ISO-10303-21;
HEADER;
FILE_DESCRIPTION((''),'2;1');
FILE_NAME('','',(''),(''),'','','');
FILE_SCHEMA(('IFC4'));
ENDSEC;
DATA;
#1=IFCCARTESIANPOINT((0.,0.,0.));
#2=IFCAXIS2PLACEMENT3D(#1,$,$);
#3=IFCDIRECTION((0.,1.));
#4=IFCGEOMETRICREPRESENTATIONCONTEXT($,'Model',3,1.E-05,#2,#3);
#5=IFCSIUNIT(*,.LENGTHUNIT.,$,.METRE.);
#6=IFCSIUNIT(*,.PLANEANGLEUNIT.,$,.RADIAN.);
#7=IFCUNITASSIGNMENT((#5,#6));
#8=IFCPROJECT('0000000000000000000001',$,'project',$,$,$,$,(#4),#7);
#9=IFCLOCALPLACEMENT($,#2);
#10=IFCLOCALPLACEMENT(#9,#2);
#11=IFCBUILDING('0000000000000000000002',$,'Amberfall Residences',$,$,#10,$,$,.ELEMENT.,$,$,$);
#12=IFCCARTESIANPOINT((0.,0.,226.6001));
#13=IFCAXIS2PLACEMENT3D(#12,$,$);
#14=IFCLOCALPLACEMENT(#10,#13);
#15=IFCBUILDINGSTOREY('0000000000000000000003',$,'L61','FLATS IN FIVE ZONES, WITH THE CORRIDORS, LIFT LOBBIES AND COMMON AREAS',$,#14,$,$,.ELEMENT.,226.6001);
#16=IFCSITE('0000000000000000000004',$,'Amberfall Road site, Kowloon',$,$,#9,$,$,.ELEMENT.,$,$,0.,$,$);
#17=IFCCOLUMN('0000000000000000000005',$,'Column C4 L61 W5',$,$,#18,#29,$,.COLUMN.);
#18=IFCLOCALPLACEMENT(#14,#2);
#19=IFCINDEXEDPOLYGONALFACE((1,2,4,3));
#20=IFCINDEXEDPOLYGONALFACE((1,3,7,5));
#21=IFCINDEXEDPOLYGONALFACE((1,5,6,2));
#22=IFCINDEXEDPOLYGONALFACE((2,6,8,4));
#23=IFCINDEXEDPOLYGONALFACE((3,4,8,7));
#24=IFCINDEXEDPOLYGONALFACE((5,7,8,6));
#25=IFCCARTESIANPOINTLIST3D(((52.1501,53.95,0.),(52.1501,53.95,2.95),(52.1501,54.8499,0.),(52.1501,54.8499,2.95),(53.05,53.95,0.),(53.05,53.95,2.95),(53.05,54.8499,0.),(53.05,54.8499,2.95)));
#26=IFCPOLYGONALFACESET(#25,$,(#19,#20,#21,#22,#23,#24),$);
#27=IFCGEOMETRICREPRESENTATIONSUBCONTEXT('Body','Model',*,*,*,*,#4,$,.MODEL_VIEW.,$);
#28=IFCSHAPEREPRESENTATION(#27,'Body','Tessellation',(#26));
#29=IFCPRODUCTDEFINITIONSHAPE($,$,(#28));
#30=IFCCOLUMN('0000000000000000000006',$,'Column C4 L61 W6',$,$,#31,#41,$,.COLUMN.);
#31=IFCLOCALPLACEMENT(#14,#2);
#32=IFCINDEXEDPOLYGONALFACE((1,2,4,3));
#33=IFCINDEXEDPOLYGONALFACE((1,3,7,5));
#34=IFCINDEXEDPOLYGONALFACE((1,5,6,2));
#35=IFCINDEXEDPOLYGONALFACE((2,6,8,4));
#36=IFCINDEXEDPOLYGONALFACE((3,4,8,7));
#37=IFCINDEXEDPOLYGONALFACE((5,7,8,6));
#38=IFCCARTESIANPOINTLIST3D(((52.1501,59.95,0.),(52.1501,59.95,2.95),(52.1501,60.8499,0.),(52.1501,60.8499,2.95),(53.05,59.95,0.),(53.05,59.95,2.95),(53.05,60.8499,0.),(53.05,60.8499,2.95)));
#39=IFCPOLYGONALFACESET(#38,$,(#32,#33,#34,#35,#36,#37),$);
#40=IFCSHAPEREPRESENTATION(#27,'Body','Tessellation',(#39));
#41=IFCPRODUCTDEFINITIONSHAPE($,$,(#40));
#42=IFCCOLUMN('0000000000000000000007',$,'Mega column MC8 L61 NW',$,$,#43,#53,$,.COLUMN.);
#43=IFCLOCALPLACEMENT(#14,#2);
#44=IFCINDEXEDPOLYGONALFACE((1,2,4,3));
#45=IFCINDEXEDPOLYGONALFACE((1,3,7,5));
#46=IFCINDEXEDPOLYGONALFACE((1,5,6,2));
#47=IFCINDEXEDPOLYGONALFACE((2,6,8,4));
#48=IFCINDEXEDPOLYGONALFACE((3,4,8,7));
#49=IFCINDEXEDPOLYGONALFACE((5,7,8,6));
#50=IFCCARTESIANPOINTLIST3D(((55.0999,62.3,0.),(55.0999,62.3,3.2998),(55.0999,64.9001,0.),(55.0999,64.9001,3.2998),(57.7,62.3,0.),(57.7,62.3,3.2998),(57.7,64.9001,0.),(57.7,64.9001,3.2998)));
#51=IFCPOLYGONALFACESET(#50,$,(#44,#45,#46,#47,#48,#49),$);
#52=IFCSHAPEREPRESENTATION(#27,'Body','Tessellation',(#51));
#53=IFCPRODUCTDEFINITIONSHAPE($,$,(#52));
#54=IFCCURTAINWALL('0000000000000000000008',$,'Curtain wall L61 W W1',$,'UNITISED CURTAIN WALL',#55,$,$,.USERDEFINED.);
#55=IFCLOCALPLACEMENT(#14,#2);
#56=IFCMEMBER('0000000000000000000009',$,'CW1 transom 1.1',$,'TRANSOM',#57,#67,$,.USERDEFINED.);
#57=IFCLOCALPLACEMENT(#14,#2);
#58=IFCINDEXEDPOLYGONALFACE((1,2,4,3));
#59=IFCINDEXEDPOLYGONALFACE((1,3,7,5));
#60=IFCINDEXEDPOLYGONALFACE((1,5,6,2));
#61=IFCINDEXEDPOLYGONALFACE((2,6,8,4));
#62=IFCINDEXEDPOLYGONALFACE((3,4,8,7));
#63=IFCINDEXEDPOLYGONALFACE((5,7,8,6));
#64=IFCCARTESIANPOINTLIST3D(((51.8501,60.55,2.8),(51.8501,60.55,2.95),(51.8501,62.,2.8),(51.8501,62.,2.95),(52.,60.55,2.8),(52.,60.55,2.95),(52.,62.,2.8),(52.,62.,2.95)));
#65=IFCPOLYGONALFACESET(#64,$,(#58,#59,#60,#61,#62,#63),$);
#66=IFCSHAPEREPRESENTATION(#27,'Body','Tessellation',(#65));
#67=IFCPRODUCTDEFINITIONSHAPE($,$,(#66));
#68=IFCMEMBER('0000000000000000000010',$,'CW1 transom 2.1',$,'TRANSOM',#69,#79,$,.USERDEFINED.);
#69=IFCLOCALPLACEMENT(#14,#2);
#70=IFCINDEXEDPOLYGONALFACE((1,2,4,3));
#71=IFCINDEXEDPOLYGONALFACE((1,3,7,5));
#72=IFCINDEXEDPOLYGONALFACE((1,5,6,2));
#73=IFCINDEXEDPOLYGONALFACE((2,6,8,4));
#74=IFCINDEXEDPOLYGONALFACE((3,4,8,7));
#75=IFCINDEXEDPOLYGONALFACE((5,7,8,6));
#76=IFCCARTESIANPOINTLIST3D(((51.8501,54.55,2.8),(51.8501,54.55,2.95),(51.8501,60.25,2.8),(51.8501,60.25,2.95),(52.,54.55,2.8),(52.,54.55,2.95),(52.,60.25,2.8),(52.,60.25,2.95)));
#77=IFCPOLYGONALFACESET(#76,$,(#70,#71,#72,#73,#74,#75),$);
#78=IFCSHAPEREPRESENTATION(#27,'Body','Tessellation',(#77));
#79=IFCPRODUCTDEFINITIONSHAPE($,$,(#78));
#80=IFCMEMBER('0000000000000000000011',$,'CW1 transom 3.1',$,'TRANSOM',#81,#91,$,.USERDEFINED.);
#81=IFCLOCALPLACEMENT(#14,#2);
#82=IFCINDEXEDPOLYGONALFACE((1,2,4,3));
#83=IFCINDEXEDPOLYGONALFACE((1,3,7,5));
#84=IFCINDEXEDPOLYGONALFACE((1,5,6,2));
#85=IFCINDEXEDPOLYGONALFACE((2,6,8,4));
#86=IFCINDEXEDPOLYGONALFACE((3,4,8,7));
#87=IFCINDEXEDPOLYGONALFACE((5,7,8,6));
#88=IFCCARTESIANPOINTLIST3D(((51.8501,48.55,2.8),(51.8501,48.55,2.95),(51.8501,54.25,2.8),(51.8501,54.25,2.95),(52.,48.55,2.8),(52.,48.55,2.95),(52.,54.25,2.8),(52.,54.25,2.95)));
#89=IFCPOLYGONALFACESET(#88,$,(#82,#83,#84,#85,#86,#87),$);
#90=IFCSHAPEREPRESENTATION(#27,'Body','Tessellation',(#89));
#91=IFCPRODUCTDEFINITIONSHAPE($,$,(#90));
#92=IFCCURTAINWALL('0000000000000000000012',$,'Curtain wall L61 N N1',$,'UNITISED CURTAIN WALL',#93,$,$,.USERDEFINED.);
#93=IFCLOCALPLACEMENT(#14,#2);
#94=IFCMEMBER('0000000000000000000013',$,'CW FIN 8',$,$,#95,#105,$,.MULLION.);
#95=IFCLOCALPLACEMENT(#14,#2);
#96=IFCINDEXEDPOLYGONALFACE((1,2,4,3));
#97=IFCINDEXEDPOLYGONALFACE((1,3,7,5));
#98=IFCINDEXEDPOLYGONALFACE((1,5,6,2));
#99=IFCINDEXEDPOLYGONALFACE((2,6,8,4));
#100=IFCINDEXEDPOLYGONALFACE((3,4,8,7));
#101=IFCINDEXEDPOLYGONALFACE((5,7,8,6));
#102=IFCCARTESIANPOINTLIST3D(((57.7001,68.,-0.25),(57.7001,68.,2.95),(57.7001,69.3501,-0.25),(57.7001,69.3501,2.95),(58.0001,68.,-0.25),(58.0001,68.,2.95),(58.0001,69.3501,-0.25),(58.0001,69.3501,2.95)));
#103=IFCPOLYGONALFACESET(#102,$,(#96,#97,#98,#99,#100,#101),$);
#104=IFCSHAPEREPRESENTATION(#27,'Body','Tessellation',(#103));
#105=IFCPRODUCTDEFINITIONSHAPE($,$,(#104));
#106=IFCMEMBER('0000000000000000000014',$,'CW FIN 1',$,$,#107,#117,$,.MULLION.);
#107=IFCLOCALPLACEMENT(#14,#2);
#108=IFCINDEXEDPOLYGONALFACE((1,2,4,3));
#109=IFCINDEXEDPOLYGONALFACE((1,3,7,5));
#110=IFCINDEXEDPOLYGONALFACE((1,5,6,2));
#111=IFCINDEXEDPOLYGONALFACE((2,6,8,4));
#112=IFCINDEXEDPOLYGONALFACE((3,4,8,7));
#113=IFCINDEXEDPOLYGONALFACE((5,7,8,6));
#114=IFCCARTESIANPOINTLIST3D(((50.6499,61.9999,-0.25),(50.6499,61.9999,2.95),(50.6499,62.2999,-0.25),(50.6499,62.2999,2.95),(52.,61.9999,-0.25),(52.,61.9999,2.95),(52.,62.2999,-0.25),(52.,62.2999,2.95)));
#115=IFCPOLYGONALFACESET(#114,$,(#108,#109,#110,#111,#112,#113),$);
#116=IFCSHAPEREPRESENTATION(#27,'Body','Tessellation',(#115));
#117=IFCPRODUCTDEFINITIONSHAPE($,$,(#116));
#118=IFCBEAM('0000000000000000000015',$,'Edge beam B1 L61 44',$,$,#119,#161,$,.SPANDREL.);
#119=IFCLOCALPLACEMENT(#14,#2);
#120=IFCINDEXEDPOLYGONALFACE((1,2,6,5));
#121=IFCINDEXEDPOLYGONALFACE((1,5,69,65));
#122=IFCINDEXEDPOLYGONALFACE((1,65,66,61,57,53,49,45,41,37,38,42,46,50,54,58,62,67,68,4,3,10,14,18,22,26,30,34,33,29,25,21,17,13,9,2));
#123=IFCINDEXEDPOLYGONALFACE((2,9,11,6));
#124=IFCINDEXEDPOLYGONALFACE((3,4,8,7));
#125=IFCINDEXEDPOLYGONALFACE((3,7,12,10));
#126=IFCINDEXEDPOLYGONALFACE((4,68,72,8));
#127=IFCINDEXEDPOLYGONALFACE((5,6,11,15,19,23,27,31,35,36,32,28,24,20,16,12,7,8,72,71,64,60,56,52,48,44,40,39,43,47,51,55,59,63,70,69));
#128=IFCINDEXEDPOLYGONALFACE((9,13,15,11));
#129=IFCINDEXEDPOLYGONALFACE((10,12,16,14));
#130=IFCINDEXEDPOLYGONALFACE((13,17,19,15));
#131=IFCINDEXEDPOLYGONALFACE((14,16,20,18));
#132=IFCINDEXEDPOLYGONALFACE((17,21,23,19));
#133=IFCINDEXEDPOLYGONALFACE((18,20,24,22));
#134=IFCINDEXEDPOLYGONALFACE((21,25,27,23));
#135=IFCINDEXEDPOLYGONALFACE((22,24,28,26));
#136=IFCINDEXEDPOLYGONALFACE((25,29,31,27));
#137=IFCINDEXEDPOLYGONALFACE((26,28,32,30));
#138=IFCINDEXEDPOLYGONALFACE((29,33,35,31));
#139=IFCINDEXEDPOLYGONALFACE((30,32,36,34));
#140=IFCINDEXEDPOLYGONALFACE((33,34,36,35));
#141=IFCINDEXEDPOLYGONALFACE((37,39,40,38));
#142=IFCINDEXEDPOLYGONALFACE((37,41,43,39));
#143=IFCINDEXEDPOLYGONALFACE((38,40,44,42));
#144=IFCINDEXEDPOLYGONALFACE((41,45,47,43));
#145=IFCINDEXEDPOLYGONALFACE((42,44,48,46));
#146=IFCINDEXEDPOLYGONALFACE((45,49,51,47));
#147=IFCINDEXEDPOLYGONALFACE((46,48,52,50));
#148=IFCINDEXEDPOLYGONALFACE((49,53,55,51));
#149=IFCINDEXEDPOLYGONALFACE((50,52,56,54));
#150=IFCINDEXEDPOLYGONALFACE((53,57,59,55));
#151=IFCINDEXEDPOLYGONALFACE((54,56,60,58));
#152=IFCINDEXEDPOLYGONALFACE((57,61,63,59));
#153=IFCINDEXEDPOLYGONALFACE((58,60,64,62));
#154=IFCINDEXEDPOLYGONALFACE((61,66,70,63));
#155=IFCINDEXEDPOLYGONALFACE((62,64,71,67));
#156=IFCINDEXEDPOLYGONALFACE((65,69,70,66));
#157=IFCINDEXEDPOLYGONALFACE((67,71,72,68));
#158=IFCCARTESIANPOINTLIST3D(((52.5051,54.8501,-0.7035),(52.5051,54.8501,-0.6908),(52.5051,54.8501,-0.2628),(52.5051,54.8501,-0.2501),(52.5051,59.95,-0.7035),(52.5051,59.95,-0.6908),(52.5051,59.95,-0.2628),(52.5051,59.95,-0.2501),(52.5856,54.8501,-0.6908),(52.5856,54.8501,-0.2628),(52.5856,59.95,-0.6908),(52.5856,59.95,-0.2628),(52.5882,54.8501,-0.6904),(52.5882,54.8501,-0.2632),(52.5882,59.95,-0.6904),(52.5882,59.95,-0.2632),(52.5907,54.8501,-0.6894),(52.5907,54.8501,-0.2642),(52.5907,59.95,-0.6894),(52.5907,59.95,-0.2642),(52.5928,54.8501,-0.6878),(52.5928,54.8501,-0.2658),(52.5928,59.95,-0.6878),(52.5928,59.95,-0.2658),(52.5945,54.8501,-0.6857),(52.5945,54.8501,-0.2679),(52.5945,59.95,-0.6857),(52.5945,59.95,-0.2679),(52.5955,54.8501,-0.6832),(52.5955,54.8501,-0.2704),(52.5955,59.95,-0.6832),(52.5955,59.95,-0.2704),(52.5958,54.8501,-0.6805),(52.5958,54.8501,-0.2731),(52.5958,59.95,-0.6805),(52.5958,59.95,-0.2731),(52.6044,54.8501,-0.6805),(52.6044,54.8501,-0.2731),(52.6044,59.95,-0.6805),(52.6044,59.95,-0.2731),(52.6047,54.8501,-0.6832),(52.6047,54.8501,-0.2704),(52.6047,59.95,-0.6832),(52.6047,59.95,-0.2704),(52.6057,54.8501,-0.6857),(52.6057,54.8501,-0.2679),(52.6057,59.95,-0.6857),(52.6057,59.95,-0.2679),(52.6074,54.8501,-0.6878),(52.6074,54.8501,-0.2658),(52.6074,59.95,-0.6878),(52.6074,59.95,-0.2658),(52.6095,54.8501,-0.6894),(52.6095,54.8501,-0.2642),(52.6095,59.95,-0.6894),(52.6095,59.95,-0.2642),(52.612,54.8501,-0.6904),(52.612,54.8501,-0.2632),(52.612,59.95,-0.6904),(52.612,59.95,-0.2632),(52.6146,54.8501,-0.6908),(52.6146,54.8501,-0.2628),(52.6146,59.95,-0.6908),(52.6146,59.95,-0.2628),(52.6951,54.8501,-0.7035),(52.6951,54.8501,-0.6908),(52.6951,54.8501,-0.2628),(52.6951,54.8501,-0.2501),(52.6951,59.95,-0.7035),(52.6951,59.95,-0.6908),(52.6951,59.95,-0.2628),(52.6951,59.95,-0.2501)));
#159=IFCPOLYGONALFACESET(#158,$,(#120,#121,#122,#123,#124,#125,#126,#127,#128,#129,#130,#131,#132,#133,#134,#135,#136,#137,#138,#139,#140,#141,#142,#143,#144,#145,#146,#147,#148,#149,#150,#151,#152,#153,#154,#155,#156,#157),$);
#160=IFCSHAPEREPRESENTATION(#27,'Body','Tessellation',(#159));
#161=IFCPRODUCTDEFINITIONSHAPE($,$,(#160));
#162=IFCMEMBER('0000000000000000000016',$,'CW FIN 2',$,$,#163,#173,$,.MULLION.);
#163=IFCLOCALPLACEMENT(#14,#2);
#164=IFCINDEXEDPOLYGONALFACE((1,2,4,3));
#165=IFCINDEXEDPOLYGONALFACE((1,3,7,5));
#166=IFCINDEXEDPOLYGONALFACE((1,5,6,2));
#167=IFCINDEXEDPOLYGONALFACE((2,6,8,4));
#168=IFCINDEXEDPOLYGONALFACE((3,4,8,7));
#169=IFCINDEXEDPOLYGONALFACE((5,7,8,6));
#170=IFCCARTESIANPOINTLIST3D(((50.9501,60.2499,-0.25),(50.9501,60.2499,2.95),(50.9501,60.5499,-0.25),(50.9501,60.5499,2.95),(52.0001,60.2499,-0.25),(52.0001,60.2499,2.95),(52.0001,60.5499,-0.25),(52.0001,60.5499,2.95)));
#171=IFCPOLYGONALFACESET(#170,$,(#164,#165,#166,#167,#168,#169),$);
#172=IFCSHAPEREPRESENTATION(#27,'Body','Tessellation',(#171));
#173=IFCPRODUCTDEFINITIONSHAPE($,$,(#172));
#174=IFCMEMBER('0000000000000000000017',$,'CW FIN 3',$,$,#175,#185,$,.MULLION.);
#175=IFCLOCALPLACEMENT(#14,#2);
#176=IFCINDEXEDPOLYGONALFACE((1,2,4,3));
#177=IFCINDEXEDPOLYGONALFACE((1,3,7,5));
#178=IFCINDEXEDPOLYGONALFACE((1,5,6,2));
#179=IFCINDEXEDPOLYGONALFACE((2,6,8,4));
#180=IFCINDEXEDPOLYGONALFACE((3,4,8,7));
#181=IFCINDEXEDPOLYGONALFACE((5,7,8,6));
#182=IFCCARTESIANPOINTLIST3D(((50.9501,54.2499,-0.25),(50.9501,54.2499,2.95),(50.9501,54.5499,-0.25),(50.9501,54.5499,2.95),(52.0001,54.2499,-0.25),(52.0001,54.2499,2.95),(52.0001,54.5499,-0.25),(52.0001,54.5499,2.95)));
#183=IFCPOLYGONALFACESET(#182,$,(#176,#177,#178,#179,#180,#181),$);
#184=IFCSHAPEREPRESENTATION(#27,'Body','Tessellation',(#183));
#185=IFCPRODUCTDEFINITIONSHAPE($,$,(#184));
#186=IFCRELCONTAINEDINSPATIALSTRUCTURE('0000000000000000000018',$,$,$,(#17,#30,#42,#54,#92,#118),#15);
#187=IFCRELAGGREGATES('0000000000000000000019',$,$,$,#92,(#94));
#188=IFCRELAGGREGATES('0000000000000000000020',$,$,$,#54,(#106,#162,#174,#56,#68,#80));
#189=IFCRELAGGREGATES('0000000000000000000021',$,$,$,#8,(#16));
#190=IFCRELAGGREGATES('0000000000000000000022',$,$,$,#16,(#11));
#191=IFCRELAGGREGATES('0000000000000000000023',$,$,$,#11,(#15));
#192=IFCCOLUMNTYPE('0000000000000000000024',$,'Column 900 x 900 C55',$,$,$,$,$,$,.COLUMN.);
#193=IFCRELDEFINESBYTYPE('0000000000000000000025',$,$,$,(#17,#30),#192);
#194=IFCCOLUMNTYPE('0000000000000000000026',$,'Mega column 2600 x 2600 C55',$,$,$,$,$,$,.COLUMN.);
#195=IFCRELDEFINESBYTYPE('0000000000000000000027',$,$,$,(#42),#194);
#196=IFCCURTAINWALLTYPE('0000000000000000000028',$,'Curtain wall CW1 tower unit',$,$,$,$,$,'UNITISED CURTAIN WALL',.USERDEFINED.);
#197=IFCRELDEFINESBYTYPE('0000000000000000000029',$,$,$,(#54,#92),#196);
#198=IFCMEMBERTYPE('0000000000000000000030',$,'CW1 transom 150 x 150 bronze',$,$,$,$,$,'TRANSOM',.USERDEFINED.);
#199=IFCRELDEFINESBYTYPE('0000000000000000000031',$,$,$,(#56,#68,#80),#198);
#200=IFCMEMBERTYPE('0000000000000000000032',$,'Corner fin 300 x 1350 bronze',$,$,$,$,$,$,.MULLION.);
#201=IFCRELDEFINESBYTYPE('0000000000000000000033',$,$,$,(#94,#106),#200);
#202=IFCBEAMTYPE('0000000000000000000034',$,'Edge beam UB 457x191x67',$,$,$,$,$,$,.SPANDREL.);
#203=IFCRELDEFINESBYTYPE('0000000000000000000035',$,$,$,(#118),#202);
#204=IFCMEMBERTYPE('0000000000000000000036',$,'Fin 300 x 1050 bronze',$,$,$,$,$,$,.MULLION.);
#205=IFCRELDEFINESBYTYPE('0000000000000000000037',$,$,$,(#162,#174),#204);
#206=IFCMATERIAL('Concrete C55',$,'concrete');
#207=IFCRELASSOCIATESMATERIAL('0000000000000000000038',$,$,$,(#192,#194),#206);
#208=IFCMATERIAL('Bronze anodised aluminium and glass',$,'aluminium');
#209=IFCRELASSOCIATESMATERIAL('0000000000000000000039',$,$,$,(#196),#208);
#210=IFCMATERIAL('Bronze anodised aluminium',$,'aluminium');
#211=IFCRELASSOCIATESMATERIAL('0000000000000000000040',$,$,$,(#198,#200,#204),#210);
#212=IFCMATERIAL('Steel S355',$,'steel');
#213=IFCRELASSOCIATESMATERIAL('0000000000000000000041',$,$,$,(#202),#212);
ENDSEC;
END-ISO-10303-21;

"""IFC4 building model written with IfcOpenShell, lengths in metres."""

from ifc_helpers import new_model, si_unit, direction, frame, origin, origin_2d, place, context, subcontext, project, spatial, rectangle, i_section, extrude, material, material_profile, profile_set, type_object, element, aggregate, save


model = new_model("IFC4")

# Units and contexts
model_context = context("Model", 3, precision=1e-05, world=origin(), true_north=direction((0.0, 1.0)))
body_context = subcontext(model_context, "Body", "Model", "MODEL_VIEW")
ifc_project = project(units=[si_unit("LENGTHUNIT", "METRE"), si_unit("PLANEANGLEUNIT", "RADIAN")], contexts=[model_context])

# Site, building, storey
site_placement = place(None, origin())
site = spatial("IfcSite", under=ifc_project, at=site_placement, Name="Amberfall Road site, Kowloon", CompositionType="ELEMENT", RefElevation=0.0)
building_placement = place(site_placement, origin())
building = spatial("IfcBuilding", under=site, at=building_placement, Name="Amberfall Residences", CompositionType="ELEMENT")
storey_placement = place(building_placement, frame((0.0, 0.0, 226.6001)))
storey = spatial("IfcBuildingStorey", under=building, at=storey_placement, Name="L61", Description="FLATS IN FIVE ZONES, WITH THE CORRIDORS, LIFT LOBBIES AND COMMON AREAS", CompositionType="ELEMENT", Elevation=226.6001)

# Columns
ifc_material_1 = material(Name="Concrete C55", Category="concrete")
ifc_material_profile_1 = material_profile(ifc_material_1, rectangle(XDim=0.8999, YDim=0.8999, at=origin_2d()), Name="Column 900 x 900 C55")
ifc_profile_set_1 = profile_set([ifc_material_profile_1], Name="Concrete C55")
column_type_1 = type_object("IfcColumnType", Name="Column 900 x 900 C55", PredefinedType="COLUMN", material=ifc_profile_set_1)
for number, where, z_axis, x_axis, name in (
    (1, (52.6001, 54.3999, 0.0), (0.0, 0.0, 1.0), (1.0, 0.0, 0.0), "Column C4 L61 W5"),
    (2, (52.6001, 60.3999, 0.0), (0.0, 0.0, 1.0), (1.0, 0.0, 0.0), "Column C4 L61 W6"),
):
    element("IfcColumn", number, at=place(storey_placement, frame(where, z_axis=z_axis, x_axis=x_axis)), inside=storey, type_object=column_type_1, Name=name, PredefinedType="COLUMN", context=body_context, shape_type="SweptSolid", body=[
        extrude(rectangle(XDim=0.8999, YDim=0.8999, at=origin_2d()), origin(), (0.0, 0.0, 1.0), 2.95),
    ])
ifc_material_profile_2 = material_profile(ifc_material_1, rectangle(XDim=2.6001, YDim=2.6001, at=origin_2d()), Name="Mega column 2600 x 2600 C55")
ifc_profile_set_2 = profile_set([ifc_material_profile_2], Name="Concrete C55")
column_type_2 = type_object("IfcColumnType", Name="Mega column 2600 x 2600 C55", PredefinedType="COLUMN", material=ifc_profile_set_2)
column_placement = place(storey_placement, frame((56.3999, 63.6001, 0.0), z_axis=(0.0, 0.0, 1.0), x_axis=(1.0, 0.0, 0.0)))
element("IfcColumn", 3, at=column_placement, inside=storey, type_object=column_type_2, Name="Mega column MC8 L61 NW", PredefinedType="COLUMN", context=body_context, shape_type="SweptSolid", body=[
    extrude(rectangle(XDim=2.6001, YDim=2.6001, at=origin_2d()), origin(), (0.0, 0.0, 1.0), 3.2998),
])

# Curtain wall, members
ifc_material_2 = material(Name="Bronze anodised aluminium and glass", Category="aluminium")
curtain_wall_type = type_object("IfcCurtainWallType", Name="Curtain wall CW1 tower unit", ElementType="UNITISED CURTAIN WALL", PredefinedType="USERDEFINED", material=ifc_material_2)
curtain_wall_1_placement = place(storey_placement, origin())
curtain_wall_1 = element("IfcCurtainWall", 4, at=curtain_wall_1_placement, inside=storey, type_object=curtain_wall_type, Name="Curtain wall L61 W W1", ObjectType="UNITISED CURTAIN WALL", PredefinedType="USERDEFINED")
ifc_material_3 = material(Name="Bronze anodised aluminium", Category="aluminium")
ifc_material_profile_3 = material_profile(ifc_material_3, rectangle(XDim=0.1499, YDim=0.1499, at=origin_2d()), Name="CW1 transom 150 x 150 bronze")
ifc_profile_set_3 = profile_set([ifc_material_profile_3], Name="Bronze anodised aluminium")
member_type_1 = type_object("IfcMemberType", Name="CW1 transom 150 x 150 bronze", ElementType="TRANSOM", PredefinedType="USERDEFINED", material=ifc_profile_set_3)
member_1_placement = place(storey_placement, frame((51.925, 62.0, 2.875), z_axis=(0.0, -1.0, 0.0), x_axis=(1.0, 0.0, 0.0)))
member_1 = element("IfcMember", 5, at=member_1_placement, type_object=member_type_1, Name="CW1 transom 1.1", ObjectType="TRANSOM", PredefinedType="USERDEFINED", context=body_context, shape_type="SweptSolid", body=[
    extrude(rectangle(XDim=0.1499, YDim=0.1499, at=origin_2d()), origin(), (0.0, 0.0, 1.0), 1.45),
])
member_2_placement = place(storey_placement, frame((51.925, 60.25, 2.875), z_axis=(0.0, -1.0, 0.0), x_axis=(1.0, 0.0, 0.0)))
member_2 = element("IfcMember", 6, at=member_2_placement, type_object=member_type_1, Name="CW1 transom 2.1", ObjectType="TRANSOM", PredefinedType="USERDEFINED", context=body_context, shape_type="SweptSolid", body=[
    extrude(rectangle(XDim=0.1499, YDim=0.1499, at=origin_2d()), origin(), (0.0, 0.0, 1.0), 5.7),
])
member_3_placement = place(storey_placement, frame((51.925, 54.25, 2.875), z_axis=(0.0, -1.0, 0.0), x_axis=(1.0, 0.0, 0.0)))
member_3 = element("IfcMember", 7, at=member_3_placement, type_object=member_type_1, Name="CW1 transom 3.1", ObjectType="TRANSOM", PredefinedType="USERDEFINED", context=body_context, shape_type="SweptSolid", body=[
    extrude(rectangle(XDim=0.1499, YDim=0.1499, at=origin_2d()), origin(), (0.0, 0.0, 1.0), 5.7),
])

# Curtain wall, member
curtain_wall_2_placement = place(storey_placement, origin())
curtain_wall_2 = element("IfcCurtainWall", 8, at=curtain_wall_2_placement, inside=storey, type_object=curtain_wall_type, Name="Curtain wall L61 N N1", ObjectType="UNITISED CURTAIN WALL", PredefinedType="USERDEFINED")
ifc_material_profile_4 = material_profile(ifc_material_3, rectangle(XDim=1.3501, YDim=0.3, at=origin_2d()), Name="Corner fin 300 x 1350 bronze")
ifc_profile_set_4 = profile_set([ifc_material_profile_4], Name="Bronze anodised aluminium")
member_type_2 = type_object("IfcMemberType", Name="Corner fin 300 x 1350 bronze", PredefinedType="MULLION", material=ifc_profile_set_4)
member_4_placement = place(storey_placement, frame((57.8501, 68.675, -0.25), z_axis=(0.0, 0.0, 1.0), x_axis=(0.0, -1.0, 0.0)))
member_4 = element("IfcMember", 9, at=member_4_placement, type_object=member_type_2, Name="CW FIN 8", PredefinedType="MULLION", context=body_context, shape_type="SweptSolid", body=[
    extrude(rectangle(XDim=1.3501, YDim=0.3, at=origin_2d()), origin(), (0.0, 0.0, 1.0), 3.2),
])
aggregate(curtain_wall_2, [member_4])

# Member
member_5_placement = place(storey_placement, frame((51.325, 62.1499, -0.25), z_axis=(0.0, 0.0, 1.0), x_axis=(1.0, 0.0, 0.0)))
member_5 = element("IfcMember", 10, at=member_5_placement, type_object=member_type_2, Name="CW FIN 1", PredefinedType="MULLION", context=body_context, shape_type="SweptSolid", body=[
    extrude(rectangle(XDim=1.3501, YDim=0.3, at=origin_2d()), origin(), (0.0, 0.0, 1.0), 3.2),
])

# Beam
ifc_material_4 = material(Name="Steel S355", Category="steel")
ifc_material_profile_5 = material_profile(ifc_material_4, i_section(OverallWidth=0.1899, OverallDepth=0.4534, WebThickness=0.0085, FlangeThickness=0.0127, FilletRadius=0.0103, at=origin_2d()), Name="UB 457x191x67")
ifc_profile_set_5 = profile_set([ifc_material_profile_5], Name="Steel S355")
beam_type_1 = type_object("IfcBeamType", Name="Edge beam UB 457x191x67", PredefinedType="SPANDREL", material=ifc_profile_set_5)
beam_1_placement = place(storey_placement, frame((52.6001, 54.8501, -0.4768), z_axis=(0.0, 1.0, 0.0), x_axis=(-1.0, 0.0, 0.0)))
element("IfcBeam", 11, at=beam_1_placement, inside=storey, type_object=beam_type_1, Name="Edge beam B1 L61 44", PredefinedType="SPANDREL", context=body_context, shape_type="SweptSolid", body=[
    extrude(i_section(OverallWidth=0.1899, OverallDepth=0.4534, WebThickness=0.0085, FlangeThickness=0.0127, FilletRadius=0.0103, at=origin_2d()), origin(), (0.0, 0.0, 1.0), 5.0999),
])

# Members
ifc_material_profile_6 = material_profile(ifc_material_3, rectangle(XDim=1.05, YDim=0.3, at=origin_2d()), Name="Fin 300 x 1050 bronze")
ifc_profile_set_6 = profile_set([ifc_material_profile_6], Name="Bronze anodised aluminium")
member_type_3 = type_object("IfcMemberType", Name="Fin 300 x 1050 bronze", PredefinedType="MULLION", material=ifc_profile_set_6)
member_6_placement = place(storey_placement, frame((51.4751, 60.3999, -0.25), z_axis=(0.0, 0.0, 1.0), x_axis=(1.0, 0.0, 0.0)))
member_6 = element("IfcMember", 12, at=member_6_placement, type_object=member_type_3, Name="CW FIN 2", PredefinedType="MULLION", context=body_context, shape_type="SweptSolid", body=[
    extrude(rectangle(XDim=1.05, YDim=0.3, at=origin_2d()), origin(), (0.0, 0.0, 1.0), 3.2),
])
member_7_placement = place(storey_placement, frame((51.4751, 54.3999, -0.25), z_axis=(0.0, 0.0, 1.0), x_axis=(1.0, 0.0, 0.0)))
member_7 = element("IfcMember", 13, at=member_7_placement, type_object=member_type_3, Name="CW FIN 3", PredefinedType="MULLION", context=body_context, shape_type="SweptSolid", body=[
    extrude(rectangle(XDim=1.05, YDim=0.3, at=origin_2d()), origin(), (0.0, 0.0, 1.0), 3.2),
])

aggregate(curtain_wall_1, [member_5, member_6, member_7, member_1, member_2, member_3])

save(model, "model.ifc")
